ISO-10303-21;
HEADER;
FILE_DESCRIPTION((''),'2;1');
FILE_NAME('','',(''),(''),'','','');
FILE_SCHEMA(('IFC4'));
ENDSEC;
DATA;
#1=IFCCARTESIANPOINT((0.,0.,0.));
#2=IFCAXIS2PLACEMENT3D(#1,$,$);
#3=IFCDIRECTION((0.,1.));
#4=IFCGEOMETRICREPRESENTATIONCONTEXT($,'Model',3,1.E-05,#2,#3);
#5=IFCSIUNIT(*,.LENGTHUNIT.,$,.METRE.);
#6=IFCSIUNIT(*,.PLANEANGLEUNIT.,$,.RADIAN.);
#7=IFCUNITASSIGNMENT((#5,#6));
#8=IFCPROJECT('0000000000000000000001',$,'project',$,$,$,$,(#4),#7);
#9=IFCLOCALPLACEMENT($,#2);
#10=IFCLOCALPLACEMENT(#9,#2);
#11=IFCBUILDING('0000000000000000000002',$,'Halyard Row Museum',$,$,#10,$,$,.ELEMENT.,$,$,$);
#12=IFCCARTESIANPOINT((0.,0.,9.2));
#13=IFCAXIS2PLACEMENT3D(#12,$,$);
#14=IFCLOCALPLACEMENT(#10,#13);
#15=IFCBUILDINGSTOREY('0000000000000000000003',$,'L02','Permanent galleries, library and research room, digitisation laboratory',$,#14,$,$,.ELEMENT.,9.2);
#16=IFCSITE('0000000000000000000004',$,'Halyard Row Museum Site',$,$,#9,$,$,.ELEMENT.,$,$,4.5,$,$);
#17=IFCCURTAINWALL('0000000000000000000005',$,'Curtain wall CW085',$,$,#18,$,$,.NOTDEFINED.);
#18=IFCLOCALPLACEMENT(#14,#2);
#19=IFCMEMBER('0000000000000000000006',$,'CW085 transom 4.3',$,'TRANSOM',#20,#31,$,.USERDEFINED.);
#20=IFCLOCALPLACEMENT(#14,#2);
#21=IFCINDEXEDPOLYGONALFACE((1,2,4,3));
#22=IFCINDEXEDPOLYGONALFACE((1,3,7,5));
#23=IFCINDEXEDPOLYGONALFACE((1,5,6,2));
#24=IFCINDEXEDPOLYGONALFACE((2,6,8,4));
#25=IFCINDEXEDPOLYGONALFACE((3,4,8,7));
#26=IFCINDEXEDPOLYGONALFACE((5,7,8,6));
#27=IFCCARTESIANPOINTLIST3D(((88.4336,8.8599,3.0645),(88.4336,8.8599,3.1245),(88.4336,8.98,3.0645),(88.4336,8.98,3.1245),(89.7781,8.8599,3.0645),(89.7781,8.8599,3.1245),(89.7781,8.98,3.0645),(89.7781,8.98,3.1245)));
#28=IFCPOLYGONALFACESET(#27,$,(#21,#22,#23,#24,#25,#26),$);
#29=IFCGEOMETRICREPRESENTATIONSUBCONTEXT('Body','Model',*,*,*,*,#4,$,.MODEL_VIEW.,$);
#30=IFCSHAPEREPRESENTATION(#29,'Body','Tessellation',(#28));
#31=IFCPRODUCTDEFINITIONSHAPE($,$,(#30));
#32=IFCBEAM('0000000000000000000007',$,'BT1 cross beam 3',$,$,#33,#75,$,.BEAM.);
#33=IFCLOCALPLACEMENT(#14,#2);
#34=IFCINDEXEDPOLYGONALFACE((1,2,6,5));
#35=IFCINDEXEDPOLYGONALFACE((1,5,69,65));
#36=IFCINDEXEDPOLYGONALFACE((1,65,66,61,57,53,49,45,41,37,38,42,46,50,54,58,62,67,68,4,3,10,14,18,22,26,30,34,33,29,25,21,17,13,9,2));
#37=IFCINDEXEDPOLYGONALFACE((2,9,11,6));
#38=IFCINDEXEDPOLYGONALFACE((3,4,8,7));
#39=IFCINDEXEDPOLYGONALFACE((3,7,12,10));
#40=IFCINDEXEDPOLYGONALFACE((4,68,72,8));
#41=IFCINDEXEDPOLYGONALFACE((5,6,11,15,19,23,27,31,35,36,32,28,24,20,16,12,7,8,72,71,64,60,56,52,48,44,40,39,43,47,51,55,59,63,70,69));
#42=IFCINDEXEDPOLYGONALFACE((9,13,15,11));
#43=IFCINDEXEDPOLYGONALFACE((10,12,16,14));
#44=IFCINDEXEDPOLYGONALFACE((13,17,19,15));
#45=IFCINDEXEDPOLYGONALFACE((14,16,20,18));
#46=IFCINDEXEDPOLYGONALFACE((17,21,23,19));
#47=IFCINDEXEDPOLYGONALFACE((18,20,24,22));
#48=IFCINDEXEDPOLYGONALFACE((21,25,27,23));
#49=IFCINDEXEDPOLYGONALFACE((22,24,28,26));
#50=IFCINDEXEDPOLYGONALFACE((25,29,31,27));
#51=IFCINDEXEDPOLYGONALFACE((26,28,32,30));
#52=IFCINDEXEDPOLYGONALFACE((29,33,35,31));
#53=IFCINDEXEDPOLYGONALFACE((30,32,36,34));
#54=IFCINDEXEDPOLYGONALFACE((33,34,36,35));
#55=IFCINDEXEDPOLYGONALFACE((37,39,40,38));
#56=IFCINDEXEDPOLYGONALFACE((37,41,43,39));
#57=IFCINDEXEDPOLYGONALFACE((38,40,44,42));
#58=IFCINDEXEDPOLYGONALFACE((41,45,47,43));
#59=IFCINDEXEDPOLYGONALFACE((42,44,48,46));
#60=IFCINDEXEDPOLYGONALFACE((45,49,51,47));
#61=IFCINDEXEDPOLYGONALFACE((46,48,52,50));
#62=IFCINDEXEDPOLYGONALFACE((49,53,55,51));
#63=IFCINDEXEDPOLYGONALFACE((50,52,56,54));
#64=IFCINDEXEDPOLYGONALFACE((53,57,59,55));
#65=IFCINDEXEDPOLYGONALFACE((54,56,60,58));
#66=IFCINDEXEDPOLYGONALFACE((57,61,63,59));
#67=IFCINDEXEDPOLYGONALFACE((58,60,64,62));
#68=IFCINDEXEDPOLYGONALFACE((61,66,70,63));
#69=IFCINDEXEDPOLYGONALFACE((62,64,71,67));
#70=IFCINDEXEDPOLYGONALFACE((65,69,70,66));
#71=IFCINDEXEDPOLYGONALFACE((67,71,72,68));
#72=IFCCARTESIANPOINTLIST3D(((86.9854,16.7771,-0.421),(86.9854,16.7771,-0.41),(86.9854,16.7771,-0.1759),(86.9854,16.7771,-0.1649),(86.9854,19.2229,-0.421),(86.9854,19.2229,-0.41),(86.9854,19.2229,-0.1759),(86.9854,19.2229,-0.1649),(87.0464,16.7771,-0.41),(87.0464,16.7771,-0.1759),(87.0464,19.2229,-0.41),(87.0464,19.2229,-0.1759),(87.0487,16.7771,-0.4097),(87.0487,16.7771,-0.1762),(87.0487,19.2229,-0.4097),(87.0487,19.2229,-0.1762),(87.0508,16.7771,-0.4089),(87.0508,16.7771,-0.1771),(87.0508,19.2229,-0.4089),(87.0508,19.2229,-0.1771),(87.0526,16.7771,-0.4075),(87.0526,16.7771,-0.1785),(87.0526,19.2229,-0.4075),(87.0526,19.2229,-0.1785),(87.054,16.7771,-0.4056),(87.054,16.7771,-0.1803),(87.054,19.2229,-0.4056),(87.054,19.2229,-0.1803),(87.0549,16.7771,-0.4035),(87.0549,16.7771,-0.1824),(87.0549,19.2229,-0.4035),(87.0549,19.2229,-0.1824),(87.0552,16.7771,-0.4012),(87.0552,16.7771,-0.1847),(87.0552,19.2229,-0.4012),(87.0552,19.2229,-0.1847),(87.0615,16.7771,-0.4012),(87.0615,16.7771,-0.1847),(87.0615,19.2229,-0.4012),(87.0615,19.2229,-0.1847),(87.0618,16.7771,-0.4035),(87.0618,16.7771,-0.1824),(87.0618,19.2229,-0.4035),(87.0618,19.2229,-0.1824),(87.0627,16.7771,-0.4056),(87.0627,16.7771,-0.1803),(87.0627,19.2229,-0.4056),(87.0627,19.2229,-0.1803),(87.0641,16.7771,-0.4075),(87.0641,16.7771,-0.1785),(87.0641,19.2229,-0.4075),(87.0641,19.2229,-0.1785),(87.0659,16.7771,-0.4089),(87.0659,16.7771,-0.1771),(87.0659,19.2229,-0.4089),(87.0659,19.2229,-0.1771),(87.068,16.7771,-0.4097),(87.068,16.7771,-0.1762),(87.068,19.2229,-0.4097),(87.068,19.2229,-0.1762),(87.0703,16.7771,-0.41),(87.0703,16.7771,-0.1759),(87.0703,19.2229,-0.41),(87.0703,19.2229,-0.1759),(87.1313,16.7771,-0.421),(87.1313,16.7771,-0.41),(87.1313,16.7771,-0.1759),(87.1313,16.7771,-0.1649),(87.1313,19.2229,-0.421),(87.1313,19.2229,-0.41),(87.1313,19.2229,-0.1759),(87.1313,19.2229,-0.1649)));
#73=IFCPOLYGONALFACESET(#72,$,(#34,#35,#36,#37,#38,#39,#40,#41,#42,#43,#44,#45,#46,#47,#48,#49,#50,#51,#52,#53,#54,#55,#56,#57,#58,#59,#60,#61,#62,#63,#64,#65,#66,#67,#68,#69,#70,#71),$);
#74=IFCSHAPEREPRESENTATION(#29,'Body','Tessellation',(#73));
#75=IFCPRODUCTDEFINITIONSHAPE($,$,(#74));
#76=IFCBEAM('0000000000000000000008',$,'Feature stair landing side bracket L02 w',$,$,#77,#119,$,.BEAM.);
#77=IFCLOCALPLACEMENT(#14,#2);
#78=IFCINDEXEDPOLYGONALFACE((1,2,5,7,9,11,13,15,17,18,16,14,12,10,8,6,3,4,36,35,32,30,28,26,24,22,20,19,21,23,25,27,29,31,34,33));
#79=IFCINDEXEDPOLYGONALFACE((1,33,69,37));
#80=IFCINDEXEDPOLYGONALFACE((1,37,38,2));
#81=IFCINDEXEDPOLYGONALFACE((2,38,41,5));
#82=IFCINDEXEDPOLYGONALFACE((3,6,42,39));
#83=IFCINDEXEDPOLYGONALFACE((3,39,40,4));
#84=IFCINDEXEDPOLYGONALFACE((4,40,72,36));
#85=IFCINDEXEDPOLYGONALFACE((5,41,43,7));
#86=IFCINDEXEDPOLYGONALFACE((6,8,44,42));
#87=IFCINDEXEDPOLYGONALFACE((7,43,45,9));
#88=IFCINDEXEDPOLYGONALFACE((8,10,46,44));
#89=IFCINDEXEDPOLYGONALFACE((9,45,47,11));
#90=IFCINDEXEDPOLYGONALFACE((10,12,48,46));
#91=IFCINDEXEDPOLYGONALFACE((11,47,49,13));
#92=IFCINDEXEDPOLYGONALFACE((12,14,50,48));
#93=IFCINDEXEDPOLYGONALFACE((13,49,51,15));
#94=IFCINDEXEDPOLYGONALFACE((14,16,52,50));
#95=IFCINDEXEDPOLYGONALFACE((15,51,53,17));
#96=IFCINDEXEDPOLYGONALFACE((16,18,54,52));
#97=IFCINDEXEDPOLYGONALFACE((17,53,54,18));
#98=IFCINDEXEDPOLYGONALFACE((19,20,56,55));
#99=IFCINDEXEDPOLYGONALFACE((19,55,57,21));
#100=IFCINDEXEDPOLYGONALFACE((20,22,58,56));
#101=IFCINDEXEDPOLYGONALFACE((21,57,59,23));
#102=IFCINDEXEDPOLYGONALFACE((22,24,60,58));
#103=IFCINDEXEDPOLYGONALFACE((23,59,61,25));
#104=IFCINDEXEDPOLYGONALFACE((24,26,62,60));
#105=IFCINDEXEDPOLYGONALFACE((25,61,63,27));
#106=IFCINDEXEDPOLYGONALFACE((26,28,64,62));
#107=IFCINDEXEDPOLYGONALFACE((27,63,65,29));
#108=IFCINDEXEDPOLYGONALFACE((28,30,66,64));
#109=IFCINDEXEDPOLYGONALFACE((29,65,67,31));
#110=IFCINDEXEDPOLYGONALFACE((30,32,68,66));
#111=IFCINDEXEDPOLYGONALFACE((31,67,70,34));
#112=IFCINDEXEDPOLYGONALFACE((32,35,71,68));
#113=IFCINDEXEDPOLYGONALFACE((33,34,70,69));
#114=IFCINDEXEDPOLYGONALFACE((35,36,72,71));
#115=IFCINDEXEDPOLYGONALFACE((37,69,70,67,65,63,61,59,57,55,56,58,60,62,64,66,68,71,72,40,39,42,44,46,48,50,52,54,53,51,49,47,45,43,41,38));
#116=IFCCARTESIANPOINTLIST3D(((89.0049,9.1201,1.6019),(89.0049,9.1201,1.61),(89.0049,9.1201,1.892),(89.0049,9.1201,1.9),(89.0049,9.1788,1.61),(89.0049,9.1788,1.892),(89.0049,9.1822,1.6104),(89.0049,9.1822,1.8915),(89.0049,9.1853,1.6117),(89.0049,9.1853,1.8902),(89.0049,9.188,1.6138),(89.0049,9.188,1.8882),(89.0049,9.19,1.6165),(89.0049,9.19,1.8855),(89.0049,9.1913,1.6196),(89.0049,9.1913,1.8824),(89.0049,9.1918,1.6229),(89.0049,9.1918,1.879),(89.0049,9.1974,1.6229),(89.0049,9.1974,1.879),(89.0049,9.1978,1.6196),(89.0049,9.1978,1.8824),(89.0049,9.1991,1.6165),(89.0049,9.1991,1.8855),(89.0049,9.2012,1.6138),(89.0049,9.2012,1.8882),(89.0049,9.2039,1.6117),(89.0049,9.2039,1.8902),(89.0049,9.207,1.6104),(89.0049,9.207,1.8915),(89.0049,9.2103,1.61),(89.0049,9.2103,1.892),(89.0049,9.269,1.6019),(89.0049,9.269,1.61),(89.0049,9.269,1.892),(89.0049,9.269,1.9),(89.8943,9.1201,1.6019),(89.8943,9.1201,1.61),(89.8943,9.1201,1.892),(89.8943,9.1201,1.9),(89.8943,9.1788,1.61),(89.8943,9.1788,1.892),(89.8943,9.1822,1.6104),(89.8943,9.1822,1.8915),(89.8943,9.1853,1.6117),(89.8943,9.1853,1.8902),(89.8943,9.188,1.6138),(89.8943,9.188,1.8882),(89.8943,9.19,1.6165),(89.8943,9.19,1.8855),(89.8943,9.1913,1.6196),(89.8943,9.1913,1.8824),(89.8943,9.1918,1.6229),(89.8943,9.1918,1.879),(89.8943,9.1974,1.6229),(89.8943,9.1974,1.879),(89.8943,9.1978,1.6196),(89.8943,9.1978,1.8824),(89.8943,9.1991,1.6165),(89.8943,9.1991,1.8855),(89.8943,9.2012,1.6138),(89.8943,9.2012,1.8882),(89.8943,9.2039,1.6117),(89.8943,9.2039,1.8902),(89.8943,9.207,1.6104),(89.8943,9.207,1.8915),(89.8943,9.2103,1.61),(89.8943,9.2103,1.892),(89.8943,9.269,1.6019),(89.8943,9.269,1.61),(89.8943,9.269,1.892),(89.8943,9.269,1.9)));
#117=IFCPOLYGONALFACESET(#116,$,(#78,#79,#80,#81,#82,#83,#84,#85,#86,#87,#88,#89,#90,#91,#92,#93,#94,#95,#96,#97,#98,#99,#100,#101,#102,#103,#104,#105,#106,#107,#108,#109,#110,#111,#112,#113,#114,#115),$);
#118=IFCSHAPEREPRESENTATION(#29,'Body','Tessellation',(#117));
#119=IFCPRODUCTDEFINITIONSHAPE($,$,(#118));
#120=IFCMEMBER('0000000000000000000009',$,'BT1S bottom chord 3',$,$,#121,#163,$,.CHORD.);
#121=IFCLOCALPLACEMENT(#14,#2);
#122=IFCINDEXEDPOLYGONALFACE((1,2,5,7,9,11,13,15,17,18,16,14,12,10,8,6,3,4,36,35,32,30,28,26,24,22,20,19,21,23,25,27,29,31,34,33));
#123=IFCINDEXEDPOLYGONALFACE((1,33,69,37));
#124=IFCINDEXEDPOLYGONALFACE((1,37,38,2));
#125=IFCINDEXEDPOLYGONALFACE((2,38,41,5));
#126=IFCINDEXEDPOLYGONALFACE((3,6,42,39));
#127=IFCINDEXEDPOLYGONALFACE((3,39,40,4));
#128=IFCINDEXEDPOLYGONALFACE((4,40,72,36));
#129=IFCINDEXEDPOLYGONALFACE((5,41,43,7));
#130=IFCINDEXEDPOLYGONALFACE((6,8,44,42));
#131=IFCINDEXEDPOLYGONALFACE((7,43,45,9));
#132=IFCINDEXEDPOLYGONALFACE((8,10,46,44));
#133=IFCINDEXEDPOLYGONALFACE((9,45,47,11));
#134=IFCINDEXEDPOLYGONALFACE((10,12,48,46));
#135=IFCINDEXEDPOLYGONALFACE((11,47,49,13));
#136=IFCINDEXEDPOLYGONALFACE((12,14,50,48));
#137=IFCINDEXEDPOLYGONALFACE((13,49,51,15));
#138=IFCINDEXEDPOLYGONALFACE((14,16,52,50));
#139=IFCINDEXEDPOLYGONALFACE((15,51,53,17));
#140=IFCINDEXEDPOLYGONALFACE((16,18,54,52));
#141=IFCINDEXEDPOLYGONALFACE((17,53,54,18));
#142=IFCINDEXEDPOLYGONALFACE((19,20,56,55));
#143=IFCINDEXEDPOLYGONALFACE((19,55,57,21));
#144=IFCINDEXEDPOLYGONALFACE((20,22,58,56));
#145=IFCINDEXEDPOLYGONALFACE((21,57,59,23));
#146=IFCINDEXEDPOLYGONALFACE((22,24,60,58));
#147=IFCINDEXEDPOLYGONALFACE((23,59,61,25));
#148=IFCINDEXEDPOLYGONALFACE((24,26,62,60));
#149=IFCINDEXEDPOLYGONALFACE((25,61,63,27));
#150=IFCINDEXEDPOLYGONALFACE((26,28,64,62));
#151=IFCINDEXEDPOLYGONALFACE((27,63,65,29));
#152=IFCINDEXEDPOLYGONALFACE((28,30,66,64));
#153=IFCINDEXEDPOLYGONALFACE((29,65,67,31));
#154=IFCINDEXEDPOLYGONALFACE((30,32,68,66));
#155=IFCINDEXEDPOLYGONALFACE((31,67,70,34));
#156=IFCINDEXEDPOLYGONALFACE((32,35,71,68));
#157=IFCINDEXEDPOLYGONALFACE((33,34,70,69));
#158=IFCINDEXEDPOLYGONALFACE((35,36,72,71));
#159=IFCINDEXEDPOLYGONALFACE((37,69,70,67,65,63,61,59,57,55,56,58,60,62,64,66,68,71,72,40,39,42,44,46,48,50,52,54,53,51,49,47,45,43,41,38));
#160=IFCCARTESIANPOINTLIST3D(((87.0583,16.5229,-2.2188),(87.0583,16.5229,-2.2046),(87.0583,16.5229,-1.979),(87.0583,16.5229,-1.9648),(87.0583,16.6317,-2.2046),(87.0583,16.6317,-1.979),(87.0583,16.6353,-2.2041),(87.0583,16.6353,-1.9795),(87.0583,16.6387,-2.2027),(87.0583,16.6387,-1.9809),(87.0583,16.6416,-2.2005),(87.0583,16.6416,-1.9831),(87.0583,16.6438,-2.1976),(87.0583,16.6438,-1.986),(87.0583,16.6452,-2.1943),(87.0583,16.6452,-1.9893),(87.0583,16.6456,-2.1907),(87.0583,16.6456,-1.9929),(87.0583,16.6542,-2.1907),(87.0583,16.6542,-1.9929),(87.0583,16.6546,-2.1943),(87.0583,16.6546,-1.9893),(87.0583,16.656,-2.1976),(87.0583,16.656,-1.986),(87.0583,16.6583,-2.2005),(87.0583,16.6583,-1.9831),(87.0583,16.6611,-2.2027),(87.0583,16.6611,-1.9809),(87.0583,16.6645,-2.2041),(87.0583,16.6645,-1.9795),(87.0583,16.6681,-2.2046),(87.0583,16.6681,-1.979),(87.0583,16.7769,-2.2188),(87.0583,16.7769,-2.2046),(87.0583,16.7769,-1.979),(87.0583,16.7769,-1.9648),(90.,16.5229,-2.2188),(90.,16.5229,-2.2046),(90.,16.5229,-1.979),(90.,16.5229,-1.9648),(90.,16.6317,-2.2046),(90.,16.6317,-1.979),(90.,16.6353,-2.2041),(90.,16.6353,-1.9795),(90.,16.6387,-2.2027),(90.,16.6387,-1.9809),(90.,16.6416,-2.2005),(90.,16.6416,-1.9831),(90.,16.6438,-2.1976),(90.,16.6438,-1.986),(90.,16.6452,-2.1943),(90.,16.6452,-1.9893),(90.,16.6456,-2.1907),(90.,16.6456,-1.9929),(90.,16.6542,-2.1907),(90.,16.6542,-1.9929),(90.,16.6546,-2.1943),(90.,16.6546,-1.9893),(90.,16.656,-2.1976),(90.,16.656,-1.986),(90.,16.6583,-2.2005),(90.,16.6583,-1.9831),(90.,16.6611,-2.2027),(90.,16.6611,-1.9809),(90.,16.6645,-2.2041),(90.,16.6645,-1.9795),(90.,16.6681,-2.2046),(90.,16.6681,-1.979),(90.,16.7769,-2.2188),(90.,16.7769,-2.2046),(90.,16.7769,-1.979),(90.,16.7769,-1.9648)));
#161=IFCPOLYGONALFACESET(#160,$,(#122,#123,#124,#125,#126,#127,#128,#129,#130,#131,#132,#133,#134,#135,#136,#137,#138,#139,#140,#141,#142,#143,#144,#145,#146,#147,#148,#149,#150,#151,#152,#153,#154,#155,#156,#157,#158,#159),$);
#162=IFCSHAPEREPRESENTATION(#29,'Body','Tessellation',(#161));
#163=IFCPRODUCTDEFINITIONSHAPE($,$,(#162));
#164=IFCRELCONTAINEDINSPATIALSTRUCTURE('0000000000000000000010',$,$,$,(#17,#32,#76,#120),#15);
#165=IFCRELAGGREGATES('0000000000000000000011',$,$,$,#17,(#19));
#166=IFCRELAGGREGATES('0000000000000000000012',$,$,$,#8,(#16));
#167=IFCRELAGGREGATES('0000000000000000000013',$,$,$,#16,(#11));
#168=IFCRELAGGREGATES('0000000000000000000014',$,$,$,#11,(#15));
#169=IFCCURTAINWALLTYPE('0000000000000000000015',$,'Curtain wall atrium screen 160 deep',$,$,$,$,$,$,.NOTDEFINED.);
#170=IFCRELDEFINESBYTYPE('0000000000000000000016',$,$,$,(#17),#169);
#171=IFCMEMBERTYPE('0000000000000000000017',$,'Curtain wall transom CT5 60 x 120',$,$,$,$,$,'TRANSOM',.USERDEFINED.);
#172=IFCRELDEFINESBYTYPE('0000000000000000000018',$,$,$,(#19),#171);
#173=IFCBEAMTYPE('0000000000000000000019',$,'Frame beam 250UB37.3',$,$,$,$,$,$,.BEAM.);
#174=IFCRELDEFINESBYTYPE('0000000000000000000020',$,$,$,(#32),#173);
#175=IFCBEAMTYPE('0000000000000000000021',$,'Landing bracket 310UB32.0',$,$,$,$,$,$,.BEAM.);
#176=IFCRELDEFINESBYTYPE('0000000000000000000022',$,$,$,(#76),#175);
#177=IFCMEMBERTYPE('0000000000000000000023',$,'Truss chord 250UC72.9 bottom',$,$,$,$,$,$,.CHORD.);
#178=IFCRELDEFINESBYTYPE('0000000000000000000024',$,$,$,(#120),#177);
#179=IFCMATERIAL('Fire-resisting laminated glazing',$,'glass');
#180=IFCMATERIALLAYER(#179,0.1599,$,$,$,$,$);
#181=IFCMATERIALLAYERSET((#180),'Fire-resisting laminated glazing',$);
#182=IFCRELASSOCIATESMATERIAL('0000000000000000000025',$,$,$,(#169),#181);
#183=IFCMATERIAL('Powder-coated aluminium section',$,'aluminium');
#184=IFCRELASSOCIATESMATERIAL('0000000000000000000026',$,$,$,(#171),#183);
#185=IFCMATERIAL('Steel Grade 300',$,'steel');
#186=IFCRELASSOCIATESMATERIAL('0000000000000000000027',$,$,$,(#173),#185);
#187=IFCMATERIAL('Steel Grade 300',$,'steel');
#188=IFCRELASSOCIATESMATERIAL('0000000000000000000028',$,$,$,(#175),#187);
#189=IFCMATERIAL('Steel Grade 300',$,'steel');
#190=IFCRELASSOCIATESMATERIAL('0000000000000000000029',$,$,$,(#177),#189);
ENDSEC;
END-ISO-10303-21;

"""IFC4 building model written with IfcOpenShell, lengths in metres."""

from ifc_helpers import new_model, si_unit, direction, frame, origin, origin_2d, place, context, subcontext, project, spatial, rectangle, i_section, extrude, material, layer, layer_set, material_profile, profile_set, type_object, element, aggregate, save


model = new_model("IFC4")

# Units and contexts
model_context = context("Model", 3, precision=1e-05, world=origin(), true_north=direction((0.0, 1.0)))
body_context = subcontext(model_context, "Body", "Model", "MODEL_VIEW")
ifc_project = project(units=[si_unit("LENGTHUNIT", "METRE"), si_unit("PLANEANGLEUNIT", "RADIAN")], contexts=[model_context])

# Site, building, storey
site_placement = place(None, origin())
site = spatial("IfcSite", under=ifc_project, at=site_placement, Name="Halyard Row Museum Site", CompositionType="ELEMENT", RefElevation=4.5)
building_placement = place(site_placement, origin())
building = spatial("IfcBuilding", under=site, at=building_placement, Name="Halyard Row Museum", CompositionType="ELEMENT")
storey_placement = place(building_placement, frame((0.0, 0.0, 9.2)))
storey = spatial("IfcBuildingStorey", under=building, at=storey_placement, Name="L02", Description="Permanent galleries, library and research room, digitisation laboratory", CompositionType="ELEMENT", Elevation=9.2)

# Curtain wall, member
ifc_material_1 = material(Name="Fire-resisting laminated glazing", Category="glass")
ifc_layer_1 = layer(ifc_material_1, 0.1599)
ifc_layer_set_1 = layer_set([ifc_layer_1], Name="Fire-resisting laminated glazing")
curtain_wall_type = type_object("IfcCurtainWallType", Name="Curtain wall atrium screen 160 deep", PredefinedType="NOTDEFINED", material=ifc_layer_set_1)
curtain_wall_placement = place(storey_placement, origin())
curtain_wall = element("IfcCurtainWall", 1, at=curtain_wall_placement, inside=storey, type_object=curtain_wall_type, Name="Curtain wall CW085", PredefinedType="NOTDEFINED")
ifc_material_2 = material(Name="Powder-coated aluminium section", Category="aluminium")
ifc_material_profile_1 = material_profile(ifc_material_2, rectangle(XDim=0.1201, YDim=0.0601, at=origin_2d()), Name="120x60 transom")
ifc_profile_set_1 = profile_set([ifc_material_profile_1], Name="Powder-coated aluminium section")
member_type_1 = type_object("IfcMemberType", Name="Curtain wall transom CT5 60 x 120", ElementType="TRANSOM", PredefinedType="USERDEFINED", material=ifc_profile_set_1)
member_1_placement = place(storey_placement, frame((88.4336, 8.9199, 3.0945), z_axis=(1.0, 0.0, 0.0), x_axis=(0.0, 1.0, 0.0)))
member_1 = element("IfcMember", 2, at=member_1_placement, type_object=member_type_1, Name="CW085 transom 4.3", ObjectType="TRANSOM", PredefinedType="USERDEFINED", context=body_context, shape_type="SweptSolid", body=[
    extrude(rectangle(XDim=0.1201, YDim=0.0601, at=origin_2d()), origin(), (0.0, 0.0, 1.0), 1.3445),
])

# Beams
ifc_material_3 = material(Name="Steel Grade 300", Category="steel")
ifc_material_profile_2 = material_profile(ifc_material_3, i_section(OverallWidth=0.146, OverallDepth=0.2561, WebThickness=0.0063, FlangeThickness=0.011, FilletRadius=0.0088, at=origin_2d()), Name="250UB37.3")
ifc_profile_set_2 = profile_set([ifc_material_profile_2], Name="Steel Grade 300")
beam_type_1 = type_object("IfcBeamType", Name="Frame beam 250UB37.3", PredefinedType="BEAM", material=ifc_profile_set_2)
beam_1_placement = place(storey_placement, frame((87.0583, 16.7771, -0.293), z_axis=(0.0, 1.0, 0.0), x_axis=(-1.0, 0.0, 0.0)))
element("IfcBeam", 3, at=beam_1_placement, inside=storey, type_object=beam_type_1, Name="BT1 cross beam 3", PredefinedType="BEAM", context=body_context, shape_type="SweptSolid", body=[
    extrude(i_section(OverallWidth=0.146, OverallDepth=0.2561, WebThickness=0.0063, FlangeThickness=0.011, FilletRadius=0.0088, at=origin_2d()), origin(), (0.0, 0.0, 1.0), 2.4458),
])
ifc_material_4 = material(Name="Steel Grade 300", Category="steel")
ifc_material_profile_3 = material_profile(ifc_material_4, i_section(OverallWidth=0.1489, OverallDepth=0.2981, WebThickness=0.0056, FlangeThickness=0.0081, FilletRadius=0.0129, at=origin_2d()), Name="310UB32.0")
ifc_profile_set_3 = profile_set([ifc_material_profile_3], Name="Steel Grade 300")
beam_type_2 = type_object("IfcBeamType", Name="Landing bracket 310UB32.0", PredefinedType="BEAM", material=ifc_profile_set_3)
beam_2_placement = place(storey_placement, frame((89.0049, 9.1946, 1.751), z_axis=(1.0, 0.0, 0.0), x_axis=(0.0, 1.0, 0.0)))
element("IfcBeam", 4, at=beam_2_placement, inside=storey, type_object=beam_type_2, Name="Feature stair landing side bracket L02 w", PredefinedType="BEAM", context=body_context, shape_type="SweptSolid", body=[
    extrude(i_section(OverallWidth=0.1489, OverallDepth=0.2981, WebThickness=0.0056, FlangeThickness=0.0081, FilletRadius=0.0129, at=origin_2d()), origin(), (0.0, 0.0, 1.0), 0.8894),
])

# Member
ifc_material_5 = material(Name="Steel Grade 300", Category="steel")
ifc_material_profile_4 = material_profile(ifc_material_5, i_section(OverallWidth=0.2539, OverallDepth=0.2539, WebThickness=0.0085, FlangeThickness=0.0142, FilletRadius=0.0139, at=origin_2d()), Name="250UC72.9")
ifc_profile_set_4 = profile_set([ifc_material_profile_4], Name="Steel Grade 300")
member_type_2 = type_object("IfcMemberType", Name="Truss chord 250UC72.9 bottom", PredefinedType="CHORD", material=ifc_profile_set_4)
member_2_placement = place(storey_placement, frame((87.0583, 16.6499, -2.0918), z_axis=(1.0, 0.0, 0.0), x_axis=(0.0, 1.0, 0.0)))
element("IfcMember", 5, at=member_2_placement, inside=storey, type_object=member_type_2, Name="BT1S bottom chord 3", PredefinedType="CHORD", context=body_context, shape_type="SweptSolid", body=[
    extrude(i_section(OverallWidth=0.2539, OverallDepth=0.2539, WebThickness=0.0085, FlangeThickness=0.0142, FilletRadius=0.0139, at=origin_2d()), origin(), (0.0, 0.0, 1.0), 2.9417),
])

aggregate(curtain_wall, [member_1])

save(model, "model.ifc")
